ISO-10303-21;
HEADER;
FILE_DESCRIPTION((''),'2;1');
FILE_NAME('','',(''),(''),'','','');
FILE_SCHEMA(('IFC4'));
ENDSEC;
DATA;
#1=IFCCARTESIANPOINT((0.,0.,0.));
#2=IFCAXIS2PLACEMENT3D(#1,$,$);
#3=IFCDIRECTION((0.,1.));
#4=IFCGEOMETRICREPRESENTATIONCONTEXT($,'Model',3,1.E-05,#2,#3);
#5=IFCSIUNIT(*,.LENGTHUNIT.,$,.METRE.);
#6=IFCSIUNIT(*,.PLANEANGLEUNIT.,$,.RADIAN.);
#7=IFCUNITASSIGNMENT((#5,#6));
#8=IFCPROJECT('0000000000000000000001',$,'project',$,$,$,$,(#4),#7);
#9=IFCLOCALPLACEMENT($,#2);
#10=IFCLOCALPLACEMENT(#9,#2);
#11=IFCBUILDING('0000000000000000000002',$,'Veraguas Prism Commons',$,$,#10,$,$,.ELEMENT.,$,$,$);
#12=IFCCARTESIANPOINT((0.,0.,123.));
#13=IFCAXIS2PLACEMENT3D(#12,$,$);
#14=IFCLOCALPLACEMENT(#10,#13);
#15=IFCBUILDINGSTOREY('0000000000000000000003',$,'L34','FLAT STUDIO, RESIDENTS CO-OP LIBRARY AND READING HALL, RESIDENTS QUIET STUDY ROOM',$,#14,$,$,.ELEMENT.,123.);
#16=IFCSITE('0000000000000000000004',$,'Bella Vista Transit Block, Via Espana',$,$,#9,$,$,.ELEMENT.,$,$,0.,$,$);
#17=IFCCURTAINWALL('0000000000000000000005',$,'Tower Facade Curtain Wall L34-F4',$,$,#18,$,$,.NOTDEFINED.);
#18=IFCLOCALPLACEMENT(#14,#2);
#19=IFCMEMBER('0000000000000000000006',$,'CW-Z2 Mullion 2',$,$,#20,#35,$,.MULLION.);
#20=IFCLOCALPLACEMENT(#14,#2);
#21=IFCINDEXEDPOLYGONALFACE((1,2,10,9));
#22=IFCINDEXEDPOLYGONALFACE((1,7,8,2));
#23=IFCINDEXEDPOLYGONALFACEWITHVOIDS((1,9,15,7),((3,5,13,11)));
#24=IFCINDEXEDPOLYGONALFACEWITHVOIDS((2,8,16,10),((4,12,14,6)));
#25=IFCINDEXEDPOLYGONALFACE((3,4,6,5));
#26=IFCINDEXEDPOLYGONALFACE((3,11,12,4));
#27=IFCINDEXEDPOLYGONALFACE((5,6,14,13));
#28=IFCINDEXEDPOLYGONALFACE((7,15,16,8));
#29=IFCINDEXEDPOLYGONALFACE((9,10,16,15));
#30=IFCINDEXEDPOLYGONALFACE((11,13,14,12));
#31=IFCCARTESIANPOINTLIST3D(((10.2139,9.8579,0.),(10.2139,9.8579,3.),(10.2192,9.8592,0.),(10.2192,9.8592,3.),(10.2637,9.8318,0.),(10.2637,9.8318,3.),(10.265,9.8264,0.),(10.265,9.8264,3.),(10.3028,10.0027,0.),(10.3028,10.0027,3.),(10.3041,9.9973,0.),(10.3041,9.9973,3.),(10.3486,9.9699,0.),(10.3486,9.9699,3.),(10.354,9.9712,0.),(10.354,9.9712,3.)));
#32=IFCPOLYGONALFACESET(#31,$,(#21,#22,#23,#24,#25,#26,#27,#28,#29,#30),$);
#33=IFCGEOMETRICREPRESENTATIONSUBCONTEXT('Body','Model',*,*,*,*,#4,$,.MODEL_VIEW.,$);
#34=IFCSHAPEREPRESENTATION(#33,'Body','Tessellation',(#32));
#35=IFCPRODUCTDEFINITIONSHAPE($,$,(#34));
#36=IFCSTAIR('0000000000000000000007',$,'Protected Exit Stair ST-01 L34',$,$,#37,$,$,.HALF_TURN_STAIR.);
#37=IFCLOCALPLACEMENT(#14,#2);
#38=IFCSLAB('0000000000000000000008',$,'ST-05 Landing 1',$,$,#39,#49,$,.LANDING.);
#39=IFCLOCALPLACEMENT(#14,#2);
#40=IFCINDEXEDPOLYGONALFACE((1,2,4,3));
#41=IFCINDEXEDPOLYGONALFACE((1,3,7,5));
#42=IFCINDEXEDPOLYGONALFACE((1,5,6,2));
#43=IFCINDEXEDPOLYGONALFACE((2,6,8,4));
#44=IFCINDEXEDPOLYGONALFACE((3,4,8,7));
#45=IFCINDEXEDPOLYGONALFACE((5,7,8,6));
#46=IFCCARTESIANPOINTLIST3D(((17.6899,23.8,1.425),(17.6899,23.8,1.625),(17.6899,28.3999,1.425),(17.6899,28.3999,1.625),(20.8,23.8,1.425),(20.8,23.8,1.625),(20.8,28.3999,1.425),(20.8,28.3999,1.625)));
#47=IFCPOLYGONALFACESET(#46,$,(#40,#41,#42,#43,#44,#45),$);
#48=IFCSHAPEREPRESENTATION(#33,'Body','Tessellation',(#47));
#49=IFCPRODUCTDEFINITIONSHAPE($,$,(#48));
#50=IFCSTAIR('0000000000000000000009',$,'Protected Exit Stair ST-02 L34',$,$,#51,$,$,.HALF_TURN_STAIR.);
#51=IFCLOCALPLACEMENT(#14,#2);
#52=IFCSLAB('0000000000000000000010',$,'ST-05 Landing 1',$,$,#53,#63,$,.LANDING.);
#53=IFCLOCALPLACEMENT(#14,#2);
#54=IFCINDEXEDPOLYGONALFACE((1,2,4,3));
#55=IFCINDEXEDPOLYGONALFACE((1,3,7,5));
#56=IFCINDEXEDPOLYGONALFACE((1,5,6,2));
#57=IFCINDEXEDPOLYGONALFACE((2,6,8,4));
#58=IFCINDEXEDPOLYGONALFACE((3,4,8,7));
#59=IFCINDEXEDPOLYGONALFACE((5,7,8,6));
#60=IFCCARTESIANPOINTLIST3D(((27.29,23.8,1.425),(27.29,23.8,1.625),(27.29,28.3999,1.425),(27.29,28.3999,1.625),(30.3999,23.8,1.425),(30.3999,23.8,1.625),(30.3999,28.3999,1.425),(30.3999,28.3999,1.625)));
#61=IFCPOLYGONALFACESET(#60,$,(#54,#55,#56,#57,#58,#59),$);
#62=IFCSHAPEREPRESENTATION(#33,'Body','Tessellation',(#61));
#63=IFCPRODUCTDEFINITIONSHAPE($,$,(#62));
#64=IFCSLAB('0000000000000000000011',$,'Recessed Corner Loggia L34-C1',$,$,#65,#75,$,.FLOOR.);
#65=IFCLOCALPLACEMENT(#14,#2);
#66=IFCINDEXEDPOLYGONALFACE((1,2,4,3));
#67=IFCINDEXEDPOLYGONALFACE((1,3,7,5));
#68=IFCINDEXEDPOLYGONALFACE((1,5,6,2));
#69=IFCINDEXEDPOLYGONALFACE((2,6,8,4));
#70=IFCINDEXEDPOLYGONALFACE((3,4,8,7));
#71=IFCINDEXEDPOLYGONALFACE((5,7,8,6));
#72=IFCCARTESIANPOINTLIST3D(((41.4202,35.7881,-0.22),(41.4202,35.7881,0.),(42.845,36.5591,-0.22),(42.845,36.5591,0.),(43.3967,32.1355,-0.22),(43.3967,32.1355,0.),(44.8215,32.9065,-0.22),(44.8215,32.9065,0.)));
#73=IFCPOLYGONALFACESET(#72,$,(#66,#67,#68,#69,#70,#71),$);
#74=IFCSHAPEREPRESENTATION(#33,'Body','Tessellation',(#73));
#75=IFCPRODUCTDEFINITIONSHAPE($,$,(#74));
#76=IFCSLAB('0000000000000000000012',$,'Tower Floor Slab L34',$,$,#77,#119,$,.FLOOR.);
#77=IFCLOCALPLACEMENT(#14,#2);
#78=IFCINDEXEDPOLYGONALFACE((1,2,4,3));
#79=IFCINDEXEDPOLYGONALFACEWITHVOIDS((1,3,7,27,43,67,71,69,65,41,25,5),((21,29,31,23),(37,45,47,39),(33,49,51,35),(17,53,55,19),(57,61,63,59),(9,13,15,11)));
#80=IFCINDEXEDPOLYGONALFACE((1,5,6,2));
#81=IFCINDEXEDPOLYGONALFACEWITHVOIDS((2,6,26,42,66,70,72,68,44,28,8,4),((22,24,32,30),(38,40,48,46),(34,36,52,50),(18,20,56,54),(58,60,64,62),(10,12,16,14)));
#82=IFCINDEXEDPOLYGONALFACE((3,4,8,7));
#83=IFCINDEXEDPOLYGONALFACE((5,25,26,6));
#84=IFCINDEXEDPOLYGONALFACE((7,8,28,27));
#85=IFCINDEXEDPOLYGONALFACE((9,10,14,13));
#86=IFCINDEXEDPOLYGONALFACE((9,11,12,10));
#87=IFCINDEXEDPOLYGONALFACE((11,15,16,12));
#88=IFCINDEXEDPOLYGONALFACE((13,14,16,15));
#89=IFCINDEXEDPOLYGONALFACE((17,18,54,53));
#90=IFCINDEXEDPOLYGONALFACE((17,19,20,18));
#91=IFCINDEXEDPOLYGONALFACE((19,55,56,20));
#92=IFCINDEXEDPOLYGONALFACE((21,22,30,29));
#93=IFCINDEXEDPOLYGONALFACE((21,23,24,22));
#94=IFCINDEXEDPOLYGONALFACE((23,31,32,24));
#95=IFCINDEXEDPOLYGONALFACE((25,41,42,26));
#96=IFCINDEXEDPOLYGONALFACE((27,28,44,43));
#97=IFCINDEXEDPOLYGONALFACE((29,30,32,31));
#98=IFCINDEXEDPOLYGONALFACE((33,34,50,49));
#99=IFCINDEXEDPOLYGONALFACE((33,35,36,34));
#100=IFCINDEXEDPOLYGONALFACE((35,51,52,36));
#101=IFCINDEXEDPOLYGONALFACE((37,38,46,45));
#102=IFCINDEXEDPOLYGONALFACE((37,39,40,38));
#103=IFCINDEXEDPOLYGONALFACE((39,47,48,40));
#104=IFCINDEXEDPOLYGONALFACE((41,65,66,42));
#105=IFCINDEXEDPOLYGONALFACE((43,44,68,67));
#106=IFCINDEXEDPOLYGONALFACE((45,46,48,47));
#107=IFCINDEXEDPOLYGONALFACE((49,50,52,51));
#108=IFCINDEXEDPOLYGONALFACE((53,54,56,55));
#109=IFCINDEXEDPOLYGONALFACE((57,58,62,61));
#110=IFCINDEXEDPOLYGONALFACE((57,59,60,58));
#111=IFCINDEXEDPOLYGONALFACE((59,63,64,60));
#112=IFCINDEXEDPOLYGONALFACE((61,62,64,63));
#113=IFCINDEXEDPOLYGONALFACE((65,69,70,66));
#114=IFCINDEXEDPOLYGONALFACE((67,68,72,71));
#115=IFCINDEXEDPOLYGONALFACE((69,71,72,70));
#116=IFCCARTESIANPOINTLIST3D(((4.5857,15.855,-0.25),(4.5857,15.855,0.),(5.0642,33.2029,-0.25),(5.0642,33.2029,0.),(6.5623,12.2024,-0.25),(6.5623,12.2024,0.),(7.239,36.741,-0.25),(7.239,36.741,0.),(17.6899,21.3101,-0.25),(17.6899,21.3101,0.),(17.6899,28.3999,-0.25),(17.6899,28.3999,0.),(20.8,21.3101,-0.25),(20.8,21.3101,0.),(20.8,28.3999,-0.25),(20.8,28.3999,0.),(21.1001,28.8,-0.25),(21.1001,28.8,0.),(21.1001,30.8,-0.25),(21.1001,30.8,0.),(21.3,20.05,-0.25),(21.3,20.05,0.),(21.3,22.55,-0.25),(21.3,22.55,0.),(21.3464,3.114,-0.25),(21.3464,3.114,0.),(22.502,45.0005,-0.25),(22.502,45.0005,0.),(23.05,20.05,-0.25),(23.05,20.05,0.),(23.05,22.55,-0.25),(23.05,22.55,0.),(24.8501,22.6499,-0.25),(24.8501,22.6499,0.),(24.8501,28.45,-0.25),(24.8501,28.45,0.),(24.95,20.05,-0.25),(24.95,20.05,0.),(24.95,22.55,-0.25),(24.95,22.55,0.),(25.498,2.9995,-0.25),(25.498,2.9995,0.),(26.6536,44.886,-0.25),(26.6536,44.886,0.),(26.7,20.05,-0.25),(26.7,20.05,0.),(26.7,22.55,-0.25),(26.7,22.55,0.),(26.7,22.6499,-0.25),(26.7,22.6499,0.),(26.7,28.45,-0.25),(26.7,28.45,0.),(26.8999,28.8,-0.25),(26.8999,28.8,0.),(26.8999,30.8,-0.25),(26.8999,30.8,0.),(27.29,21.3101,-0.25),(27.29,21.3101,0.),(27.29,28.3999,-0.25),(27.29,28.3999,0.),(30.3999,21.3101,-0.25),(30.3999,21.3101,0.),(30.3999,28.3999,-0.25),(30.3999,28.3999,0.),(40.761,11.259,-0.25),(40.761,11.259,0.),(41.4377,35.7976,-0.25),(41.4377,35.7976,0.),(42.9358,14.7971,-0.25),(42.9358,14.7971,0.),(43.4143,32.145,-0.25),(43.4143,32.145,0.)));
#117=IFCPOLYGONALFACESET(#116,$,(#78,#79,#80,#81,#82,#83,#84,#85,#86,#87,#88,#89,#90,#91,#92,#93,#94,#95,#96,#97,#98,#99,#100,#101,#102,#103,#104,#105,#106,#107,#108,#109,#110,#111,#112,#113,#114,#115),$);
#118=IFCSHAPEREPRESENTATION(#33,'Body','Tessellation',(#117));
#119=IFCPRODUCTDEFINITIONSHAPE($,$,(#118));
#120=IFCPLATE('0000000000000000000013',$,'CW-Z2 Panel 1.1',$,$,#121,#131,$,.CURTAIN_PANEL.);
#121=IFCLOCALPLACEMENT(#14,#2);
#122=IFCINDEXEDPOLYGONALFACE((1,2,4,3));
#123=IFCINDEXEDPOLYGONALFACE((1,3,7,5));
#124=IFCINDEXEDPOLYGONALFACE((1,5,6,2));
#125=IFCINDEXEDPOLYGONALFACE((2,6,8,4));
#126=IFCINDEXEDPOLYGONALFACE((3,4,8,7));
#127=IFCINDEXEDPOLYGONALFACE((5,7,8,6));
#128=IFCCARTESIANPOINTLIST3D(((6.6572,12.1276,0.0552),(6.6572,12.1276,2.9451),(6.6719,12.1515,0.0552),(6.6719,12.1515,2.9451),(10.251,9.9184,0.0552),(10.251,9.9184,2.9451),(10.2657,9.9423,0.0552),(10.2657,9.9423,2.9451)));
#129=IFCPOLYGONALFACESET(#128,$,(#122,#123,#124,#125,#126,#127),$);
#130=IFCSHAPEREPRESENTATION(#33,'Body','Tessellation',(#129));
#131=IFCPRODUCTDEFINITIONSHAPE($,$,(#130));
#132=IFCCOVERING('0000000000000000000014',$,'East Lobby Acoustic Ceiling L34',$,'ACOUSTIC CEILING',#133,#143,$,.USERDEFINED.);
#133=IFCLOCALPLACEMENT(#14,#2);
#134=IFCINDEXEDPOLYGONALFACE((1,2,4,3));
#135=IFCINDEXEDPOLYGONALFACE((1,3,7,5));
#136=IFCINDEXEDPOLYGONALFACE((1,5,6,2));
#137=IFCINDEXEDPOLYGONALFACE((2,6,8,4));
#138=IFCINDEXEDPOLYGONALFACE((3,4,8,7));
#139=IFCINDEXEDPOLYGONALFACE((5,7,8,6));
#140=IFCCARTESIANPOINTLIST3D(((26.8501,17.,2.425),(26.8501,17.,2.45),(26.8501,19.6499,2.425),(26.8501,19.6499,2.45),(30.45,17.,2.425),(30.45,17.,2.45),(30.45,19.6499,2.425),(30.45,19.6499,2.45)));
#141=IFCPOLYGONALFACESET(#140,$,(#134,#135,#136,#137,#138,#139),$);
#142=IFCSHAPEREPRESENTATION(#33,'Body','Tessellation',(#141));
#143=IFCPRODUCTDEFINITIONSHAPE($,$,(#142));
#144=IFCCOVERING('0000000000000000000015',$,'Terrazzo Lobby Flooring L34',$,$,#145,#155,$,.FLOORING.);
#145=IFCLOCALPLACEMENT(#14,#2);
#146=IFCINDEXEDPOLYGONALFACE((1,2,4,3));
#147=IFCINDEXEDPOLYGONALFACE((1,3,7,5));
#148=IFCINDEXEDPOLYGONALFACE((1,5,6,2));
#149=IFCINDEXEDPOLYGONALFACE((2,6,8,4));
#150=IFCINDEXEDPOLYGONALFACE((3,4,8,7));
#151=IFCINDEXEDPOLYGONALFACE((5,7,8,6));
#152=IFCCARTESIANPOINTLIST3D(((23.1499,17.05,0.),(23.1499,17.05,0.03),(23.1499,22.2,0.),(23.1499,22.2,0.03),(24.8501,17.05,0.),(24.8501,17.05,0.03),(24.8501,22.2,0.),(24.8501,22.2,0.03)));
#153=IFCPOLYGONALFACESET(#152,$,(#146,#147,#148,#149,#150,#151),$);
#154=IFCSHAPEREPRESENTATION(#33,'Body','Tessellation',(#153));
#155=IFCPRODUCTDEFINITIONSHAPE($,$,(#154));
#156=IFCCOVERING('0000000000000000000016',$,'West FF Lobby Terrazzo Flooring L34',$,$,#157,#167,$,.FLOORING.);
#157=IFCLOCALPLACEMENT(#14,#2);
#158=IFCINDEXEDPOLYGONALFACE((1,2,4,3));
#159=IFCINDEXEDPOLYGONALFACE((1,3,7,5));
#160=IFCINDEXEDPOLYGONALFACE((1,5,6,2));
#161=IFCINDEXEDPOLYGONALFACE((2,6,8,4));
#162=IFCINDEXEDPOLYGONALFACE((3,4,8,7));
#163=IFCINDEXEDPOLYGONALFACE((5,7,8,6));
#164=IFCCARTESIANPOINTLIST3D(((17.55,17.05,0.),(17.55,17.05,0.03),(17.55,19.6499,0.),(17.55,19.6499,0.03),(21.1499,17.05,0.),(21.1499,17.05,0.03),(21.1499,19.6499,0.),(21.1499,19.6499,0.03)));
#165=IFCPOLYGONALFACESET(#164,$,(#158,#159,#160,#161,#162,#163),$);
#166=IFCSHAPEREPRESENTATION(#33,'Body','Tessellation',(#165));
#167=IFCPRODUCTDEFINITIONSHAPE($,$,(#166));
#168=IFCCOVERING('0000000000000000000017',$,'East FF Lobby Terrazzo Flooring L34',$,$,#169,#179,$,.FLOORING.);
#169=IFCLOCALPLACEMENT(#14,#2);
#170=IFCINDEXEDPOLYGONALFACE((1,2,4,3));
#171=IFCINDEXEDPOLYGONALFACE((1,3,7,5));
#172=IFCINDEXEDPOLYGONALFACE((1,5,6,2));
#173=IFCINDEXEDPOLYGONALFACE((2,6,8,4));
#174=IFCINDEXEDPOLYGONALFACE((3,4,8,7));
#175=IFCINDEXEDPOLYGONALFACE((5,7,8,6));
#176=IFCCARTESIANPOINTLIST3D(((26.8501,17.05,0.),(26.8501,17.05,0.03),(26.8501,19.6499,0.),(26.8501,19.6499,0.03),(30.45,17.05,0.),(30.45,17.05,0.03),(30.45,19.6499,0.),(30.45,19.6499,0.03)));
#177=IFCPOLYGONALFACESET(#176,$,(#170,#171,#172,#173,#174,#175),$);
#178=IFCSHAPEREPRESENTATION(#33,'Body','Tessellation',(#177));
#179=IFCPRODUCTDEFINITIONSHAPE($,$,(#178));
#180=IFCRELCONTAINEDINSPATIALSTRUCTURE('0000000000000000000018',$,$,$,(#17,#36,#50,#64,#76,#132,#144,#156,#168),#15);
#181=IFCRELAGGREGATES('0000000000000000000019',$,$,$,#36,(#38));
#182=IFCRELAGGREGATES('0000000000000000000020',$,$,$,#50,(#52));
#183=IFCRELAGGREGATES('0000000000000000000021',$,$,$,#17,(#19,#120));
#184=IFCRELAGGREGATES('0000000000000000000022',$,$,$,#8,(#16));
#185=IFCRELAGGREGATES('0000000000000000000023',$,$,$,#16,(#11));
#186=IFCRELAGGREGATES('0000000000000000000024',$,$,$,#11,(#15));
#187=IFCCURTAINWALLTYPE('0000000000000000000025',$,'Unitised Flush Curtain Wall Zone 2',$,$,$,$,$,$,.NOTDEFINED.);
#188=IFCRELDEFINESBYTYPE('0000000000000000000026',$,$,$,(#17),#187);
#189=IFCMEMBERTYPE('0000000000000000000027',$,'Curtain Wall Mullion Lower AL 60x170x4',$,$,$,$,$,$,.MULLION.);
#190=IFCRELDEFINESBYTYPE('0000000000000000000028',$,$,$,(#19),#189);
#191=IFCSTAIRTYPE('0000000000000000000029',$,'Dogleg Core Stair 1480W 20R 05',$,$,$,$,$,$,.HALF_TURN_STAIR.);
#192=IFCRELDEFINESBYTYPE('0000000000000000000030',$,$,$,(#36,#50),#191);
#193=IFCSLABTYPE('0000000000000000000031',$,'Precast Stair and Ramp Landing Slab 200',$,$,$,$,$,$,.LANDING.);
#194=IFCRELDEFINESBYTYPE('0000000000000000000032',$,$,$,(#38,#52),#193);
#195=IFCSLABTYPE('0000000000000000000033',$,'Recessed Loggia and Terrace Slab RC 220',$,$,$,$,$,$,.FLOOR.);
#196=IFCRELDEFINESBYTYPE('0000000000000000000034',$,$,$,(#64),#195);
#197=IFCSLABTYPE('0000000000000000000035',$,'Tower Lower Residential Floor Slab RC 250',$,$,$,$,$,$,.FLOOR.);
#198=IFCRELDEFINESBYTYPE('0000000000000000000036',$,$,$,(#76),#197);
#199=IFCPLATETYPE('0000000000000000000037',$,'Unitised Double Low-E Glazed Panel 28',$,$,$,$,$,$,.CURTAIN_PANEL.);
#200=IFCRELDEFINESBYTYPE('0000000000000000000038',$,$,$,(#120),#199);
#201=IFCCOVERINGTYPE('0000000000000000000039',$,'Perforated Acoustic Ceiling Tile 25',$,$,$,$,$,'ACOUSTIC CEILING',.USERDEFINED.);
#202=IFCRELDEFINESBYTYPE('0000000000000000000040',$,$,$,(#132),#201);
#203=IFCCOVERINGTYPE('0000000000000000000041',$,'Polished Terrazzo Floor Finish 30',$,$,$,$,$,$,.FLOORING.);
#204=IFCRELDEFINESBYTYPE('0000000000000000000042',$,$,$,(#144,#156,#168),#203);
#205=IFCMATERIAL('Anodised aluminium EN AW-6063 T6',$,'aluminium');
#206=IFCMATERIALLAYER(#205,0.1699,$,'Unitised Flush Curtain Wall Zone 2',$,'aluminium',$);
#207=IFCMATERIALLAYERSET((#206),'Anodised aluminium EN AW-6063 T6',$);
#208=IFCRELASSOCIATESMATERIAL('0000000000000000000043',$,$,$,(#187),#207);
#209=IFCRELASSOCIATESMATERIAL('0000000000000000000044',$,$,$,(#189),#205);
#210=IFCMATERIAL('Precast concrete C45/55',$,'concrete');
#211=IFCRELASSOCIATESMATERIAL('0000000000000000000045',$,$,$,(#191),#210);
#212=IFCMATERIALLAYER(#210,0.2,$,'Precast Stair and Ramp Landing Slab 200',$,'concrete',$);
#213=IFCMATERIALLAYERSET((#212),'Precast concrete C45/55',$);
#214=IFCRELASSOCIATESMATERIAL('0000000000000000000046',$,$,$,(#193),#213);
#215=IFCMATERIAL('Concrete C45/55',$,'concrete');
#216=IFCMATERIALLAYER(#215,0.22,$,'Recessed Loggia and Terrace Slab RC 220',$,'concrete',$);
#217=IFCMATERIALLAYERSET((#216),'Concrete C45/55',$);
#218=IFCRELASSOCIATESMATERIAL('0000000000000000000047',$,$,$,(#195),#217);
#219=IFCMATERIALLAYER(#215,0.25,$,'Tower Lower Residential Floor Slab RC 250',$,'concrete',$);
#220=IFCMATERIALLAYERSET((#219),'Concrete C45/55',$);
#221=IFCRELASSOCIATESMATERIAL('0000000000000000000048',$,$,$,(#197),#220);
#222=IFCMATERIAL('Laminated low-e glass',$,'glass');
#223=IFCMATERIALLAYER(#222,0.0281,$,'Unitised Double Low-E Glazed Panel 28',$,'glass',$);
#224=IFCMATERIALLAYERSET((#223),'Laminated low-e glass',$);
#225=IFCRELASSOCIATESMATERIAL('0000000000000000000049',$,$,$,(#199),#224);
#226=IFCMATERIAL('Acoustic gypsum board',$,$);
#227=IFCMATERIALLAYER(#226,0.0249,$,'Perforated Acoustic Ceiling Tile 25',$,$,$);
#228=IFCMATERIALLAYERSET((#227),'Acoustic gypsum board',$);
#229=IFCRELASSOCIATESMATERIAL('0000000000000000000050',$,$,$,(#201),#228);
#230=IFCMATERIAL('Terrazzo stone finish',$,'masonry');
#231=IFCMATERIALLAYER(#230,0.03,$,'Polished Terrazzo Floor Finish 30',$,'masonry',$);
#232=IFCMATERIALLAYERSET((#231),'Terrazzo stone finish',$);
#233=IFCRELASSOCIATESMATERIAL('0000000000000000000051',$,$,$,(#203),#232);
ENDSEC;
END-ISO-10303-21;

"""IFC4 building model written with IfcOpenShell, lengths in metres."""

from ifc_helpers import new_model, si_unit, direction, frame, origin, origin_2d, place, context, subcontext, project, spatial, polyline, rectangle, hollow_rectangle, outline, extrude, source, transform, mapped, material, layer, layer_set, material_profile, profile_set, type_object, element, aggregate, save


model = new_model("IFC4")

# Units and contexts
model_context = context("Model", 3, precision=1e-05, world=origin(), true_north=direction((0.0, 1.0)))
body_context = subcontext(model_context, "Body", "Model", "MODEL_VIEW")
ifc_project = project(units=[si_unit("LENGTHUNIT", "METRE"), si_unit("PLANEANGLEUNIT", "RADIAN")], contexts=[model_context])

# Site, building, storey
site_placement = place(None, origin())
site = spatial("IfcSite", under=ifc_project, at=site_placement, Name="Bella Vista Transit Block, Via Espana", CompositionType="ELEMENT", RefElevation=0.0)
building_placement = place(site_placement, origin())
building = spatial("IfcBuilding", under=site, at=building_placement, Name="Veraguas Prism Commons", CompositionType="ELEMENT")
storey_placement = place(building_placement, frame((0.0, 0.0, 123.0)))
storey = spatial("IfcBuildingStorey", under=building, at=storey_placement, Name="L34", Description="FLAT STUDIO, RESIDENTS CO-OP LIBRARY AND READING HALL, RESIDENTS QUIET STUDY ROOM", CompositionType="ELEMENT", Elevation=123.0)

# Curtain wall, member
ifc_material_1 = material(Name="Anodised aluminium EN AW-6063 T6", Category="aluminium")
ifc_layer_1 = layer(ifc_material_1, 0.1699, Name="Unitised Flush Curtain Wall Zone 2", Category="aluminium")
ifc_layer_set_1 = layer_set([ifc_layer_1], Name="Anodised aluminium EN AW-6063 T6")
curtain_wall_type = type_object("IfcCurtainWallType", Name="Unitised Flush Curtain Wall Zone 2", PredefinedType="NOTDEFINED", material=ifc_layer_set_1)
curtain_wall_placement = place(storey_placement, origin())
curtain_wall = element("IfcCurtainWall", 1, at=curtain_wall_placement, inside=storey, type_object=curtain_wall_type, Name="Tower Facade Curtain Wall L34-F4", PredefinedType="NOTDEFINED")
ifc_material_profile = material_profile(ifc_material_1, hollow_rectangle(XDim=0.0601, YDim=0.1699, WallThickness=0.0039, at=origin_2d()), Name="AL60X170X4")
ifc_profile_set = profile_set([ifc_material_profile], Name="Anodised aluminium EN AW-6063 T6")
member_type = type_object("IfcMemberType", Name="Curtain Wall Mullion Lower AL 60x170x4", PredefinedType="MULLION", material=ifc_profile_set)
shared_shape_1 = source(origin(), body_context, "Body", "SweptSolid", [
    extrude(hollow_rectangle(XDim=0.0601, YDim=0.1699, WallThickness=0.0039, at=origin_2d()), origin(), (0.0, 0.0, 1.0), 3.0),
])
member_placement = place(storey_placement, frame((10.2839, 9.9146, 0.0), z_axis=(0.0, 0.0, 1.0), x_axis=(0.851908, -0.523692, 0.0)))
member = element("IfcMember", 2, at=member_placement, type_object=member_type, Name="CW-Z2 Mullion 2", PredefinedType="MULLION", context=body_context, shape_type="MappedRepresentation", body=[
    mapped(shared_shape_1, transform((0.0, 0.0, 0.0), scale=1.0)),
])

# Stairs, slabs
ifc_material_2 = material(Name="Precast concrete C45/55", Category="concrete")
stair_type = type_object("IfcStairType", Name="Dogleg Core Stair 1480W 20R 05", PredefinedType="HALF_TURN_STAIR", material=ifc_material_2)
stair_1_placement = place(storey_placement, origin())
stair_1 = element("IfcStair", 3, at=stair_1_placement, inside=storey, type_object=stair_type, Name="Protected Exit Stair ST-01 L34", PredefinedType="HALF_TURN_STAIR")
ifc_layer_2 = layer(ifc_material_2, 0.2, Name="Precast Stair and Ramp Landing Slab 200", Category="concrete")
ifc_layer_set_2 = layer_set([ifc_layer_2], Name="Precast concrete C45/55")
slab_type_1 = type_object("IfcSlabType", Name="Precast Stair and Ramp Landing Slab 200", PredefinedType="LANDING", material=ifc_layer_set_2)
slab_1_placement = place(storey_placement, frame((0.0, 0.0, 1.425)))
slab_1 = element("IfcSlab", 4, at=slab_1_placement, type_object=slab_type_1, Name="ST-05 Landing 1", PredefinedType="LANDING", context=body_context, shape_type="SweptSolid", body=[
    extrude(outline(polyline([(20.8, 23.8), (20.8, 28.3999), (17.6899, 28.3999), (17.6899, 23.8), (20.8, 23.8)])), origin(), (0.0, 0.0, 1.0), 0.2),
])
aggregate(stair_1, [slab_1])
stair_2_placement = place(storey_placement, origin())
stair_2 = element("IfcStair", 5, at=stair_2_placement, inside=storey, type_object=stair_type, Name="Protected Exit Stair ST-02 L34", PredefinedType="HALF_TURN_STAIR")
slab_2_placement = place(storey_placement, frame((0.0, 0.0, 1.425)))
slab_2 = element("IfcSlab", 6, at=slab_2_placement, type_object=slab_type_1, Name="ST-05 Landing 1", PredefinedType="LANDING", context=body_context, shape_type="SweptSolid", body=[
    extrude(outline(polyline([(30.3999, 23.8), (30.3999, 28.3999), (27.29, 28.3999), (27.29, 23.8), (30.3999, 23.8)])), origin(), (0.0, 0.0, 1.0), 0.2),
])
aggregate(stair_2, [slab_2])

# Slabs
ifc_material_3 = material(Name="Concrete C45/55", Category="concrete")
ifc_layer_3 = layer(ifc_material_3, 0.22, Name="Recessed Loggia and Terrace Slab RC 220", Category="concrete")
ifc_layer_set_3 = layer_set([ifc_layer_3], Name="Concrete C45/55")
slab_type_2 = type_object("IfcSlabType", Name="Recessed Loggia and Terrace Slab RC 220", PredefinedType="FLOOR", material=ifc_layer_set_3)
slab_3_placement = place(storey_placement, frame((0.0, 0.0, -0.22)))
element("IfcSlab", 7, at=slab_3_placement, inside=storey, type_object=slab_type_2, Name="Recessed Corner Loggia L34-C1", PredefinedType="FLOOR", context=body_context, shape_type="SweptSolid", body=[
    extrude(outline(polyline([(43.3967, 32.1355), (44.8215, 32.9065), (42.845, 36.5591), (41.4202, 35.7881), (43.3967, 32.1355)])), origin(), (0.0, 0.0, 1.0), 0.22),
])
ifc_layer_4 = layer(ifc_material_3, 0.25, Name="Tower Lower Residential Floor Slab RC 250", Category="concrete")
ifc_layer_set_4 = layer_set([ifc_layer_4], Name="Concrete C45/55")
slab_type_3 = type_object("IfcSlabType", Name="Tower Lower Residential Floor Slab RC 250", PredefinedType="FLOOR", material=ifc_layer_set_4)
slab_4_placement = place(storey_placement, frame((0.0, 0.0, -0.25)))
element("IfcSlab", 8, at=slab_4_placement, inside=storey, type_object=slab_type_3, Name="Tower Floor Slab L34", PredefinedType="FLOOR", context=body_context, shape_type="SweptSolid", body=[
    extrude(outline(polyline([(43.4143, 32.145), (41.4377, 35.7976), (26.6536, 44.886), (22.502, 45.0005), (7.239, 36.741), (5.0642, 33.2029), (4.5857, 15.855), (6.5623, 12.2024), (21.3464, 3.114), (25.498, 2.9995), (40.761, 11.259), (42.9358, 14.7971), (43.4143, 32.145)]), holes=[polyline([(20.8, 21.3101), (20.8, 28.3999), (17.6899, 28.3999), (17.6899, 21.3101), (20.8, 21.3101)]), polyline([(30.3999, 21.3101), (30.3999, 28.3999), (27.29, 28.3999), (27.29, 21.3101), (30.3999, 21.3101)]), polyline([(24.8501, 22.6499), (26.7, 22.6499), (26.7, 28.45), (24.8501, 28.45), (24.8501, 22.6499)]), polyline([(21.1001, 28.8), (26.8999, 28.8), (26.8999, 30.8), (21.1001, 30.8), (21.1001, 28.8)]), polyline([(21.3, 20.05), (23.05, 20.05), (23.05, 22.55), (21.3, 22.55), (21.3, 20.05)]), polyline([(24.95, 20.05), (26.7, 20.05), (26.7, 22.55), (24.95, 22.55), (24.95, 20.05)])]), origin(), (0.0, 0.0, 1.0), 0.25),
])

# Plate
ifc_material_4 = material(Name="Laminated low-e glass", Category="glass")
ifc_layer_5 = layer(ifc_material_4, 0.0281, Name="Unitised Double Low-E Glazed Panel 28", Category="glass")
ifc_layer_set_5 = layer_set([ifc_layer_5], Name="Laminated low-e glass")
plate_type = type_object("IfcPlateType", Name="Unitised Double Low-E Glazed Panel 28", PredefinedType="CURTAIN_PANEL", material=ifc_layer_set_5)
shared_shape_2 = source(origin(), body_context, "Body", "SweptSolid", [
    extrude(rectangle(XDim=4.2185, YDim=0.0281, at=origin_2d()), origin(), (0.0, 0.0, 1.0), 2.8899),
])
plate_placement = place(storey_placement, frame((8.4614, 11.0349, 0.0552), z_axis=(0.0, 0.0, 1.0), x_axis=(0.851908, -0.523692, 0.0)))
plate = element("IfcPlate", 9, at=plate_placement, type_object=plate_type, Name="CW-Z2 Panel 1.1", PredefinedType="CURTAIN_PANEL", context=body_context, shape_type="MappedRepresentation", body=[
    mapped(shared_shape_2, transform((0.0, 0.0, 0.0), scale=1.0)),
])
aggregate(curtain_wall, [member, plate])

# Coverings
ifc_material_5 = material(Name="Acoustic gypsum board")
ifc_layer_6 = layer(ifc_material_5, 0.0249, Name="Perforated Acoustic Ceiling Tile 25")
ifc_layer_set_6 = layer_set([ifc_layer_6], Name="Acoustic gypsum board")
covering_type_1 = type_object("IfcCoveringType", Name="Perforated Acoustic Ceiling Tile 25", ElementType="ACOUSTIC CEILING", PredefinedType="USERDEFINED", material=ifc_layer_set_6)
covering_1_placement = place(storey_placement, frame((0.0, 0.0, 2.425)))
element("IfcCovering", 10, at=covering_1_placement, inside=storey, type_object=covering_type_1, Name="East Lobby Acoustic Ceiling L34", ObjectType="ACOUSTIC CEILING", PredefinedType="USERDEFINED", context=body_context, shape_type="SweptSolid", body=[
    extrude(outline(polyline([(26.8501, 17.0), (30.45, 17.0), (30.45, 19.6499), (26.8501, 19.6499), (26.8501, 17.0)])), origin(), (0.0, 0.0, 1.0), 0.0249),
])
ifc_material_6 = material(Name="Terrazzo stone finish", Category="masonry")
ifc_layer_7 = layer(ifc_material_6, 0.03, Name="Polished Terrazzo Floor Finish 30", Category="masonry")
ifc_layer_set_7 = layer_set([ifc_layer_7], Name="Terrazzo stone finish")
covering_type_2 = type_object("IfcCoveringType", Name="Polished Terrazzo Floor Finish 30", PredefinedType="FLOORING", material=ifc_layer_set_7)
covering_2_placement = place(storey_placement, origin())
element("IfcCovering", 11, at=covering_2_placement, inside=storey, type_object=covering_type_2, Name="Terrazzo Lobby Flooring L34", PredefinedType="FLOORING", context=body_context, shape_type="SweptSolid", body=[
    extrude(outline(polyline([(23.1499, 17.05), (24.8501, 17.05), (24.8501, 22.2), (23.1499, 22.2), (23.1499, 17.05)])), origin(), (0.0, 0.0, 1.0), 0.03),
])
covering_3_placement = place(storey_placement, origin())
element("IfcCovering", 12, at=covering_3_placement, inside=storey, type_object=covering_type_2, Name="West FF Lobby Terrazzo Flooring L34", PredefinedType="FLOORING", context=body_context, shape_type="SweptSolid", body=[
    extrude(outline(polyline([(17.55, 17.05), (21.1499, 17.05), (21.1499, 19.6499), (17.55, 19.6499), (17.55, 17.05)])), origin(), (0.0, 0.0, 1.0), 0.03),
])
covering_4_placement = place(storey_placement, origin())
element("IfcCovering", 13, at=covering_4_placement, inside=storey, type_object=covering_type_2, Name="East FF Lobby Terrazzo Flooring L34", PredefinedType="FLOORING", context=body_context, shape_type="SweptSolid", body=[
    extrude(outline(polyline([(26.8501, 17.05), (30.45, 17.05), (30.45, 19.6499), (26.8501, 19.6499), (26.8501, 17.05)])), origin(), (0.0, 0.0, 1.0), 0.03),
])

save(model, "model.ifc")
